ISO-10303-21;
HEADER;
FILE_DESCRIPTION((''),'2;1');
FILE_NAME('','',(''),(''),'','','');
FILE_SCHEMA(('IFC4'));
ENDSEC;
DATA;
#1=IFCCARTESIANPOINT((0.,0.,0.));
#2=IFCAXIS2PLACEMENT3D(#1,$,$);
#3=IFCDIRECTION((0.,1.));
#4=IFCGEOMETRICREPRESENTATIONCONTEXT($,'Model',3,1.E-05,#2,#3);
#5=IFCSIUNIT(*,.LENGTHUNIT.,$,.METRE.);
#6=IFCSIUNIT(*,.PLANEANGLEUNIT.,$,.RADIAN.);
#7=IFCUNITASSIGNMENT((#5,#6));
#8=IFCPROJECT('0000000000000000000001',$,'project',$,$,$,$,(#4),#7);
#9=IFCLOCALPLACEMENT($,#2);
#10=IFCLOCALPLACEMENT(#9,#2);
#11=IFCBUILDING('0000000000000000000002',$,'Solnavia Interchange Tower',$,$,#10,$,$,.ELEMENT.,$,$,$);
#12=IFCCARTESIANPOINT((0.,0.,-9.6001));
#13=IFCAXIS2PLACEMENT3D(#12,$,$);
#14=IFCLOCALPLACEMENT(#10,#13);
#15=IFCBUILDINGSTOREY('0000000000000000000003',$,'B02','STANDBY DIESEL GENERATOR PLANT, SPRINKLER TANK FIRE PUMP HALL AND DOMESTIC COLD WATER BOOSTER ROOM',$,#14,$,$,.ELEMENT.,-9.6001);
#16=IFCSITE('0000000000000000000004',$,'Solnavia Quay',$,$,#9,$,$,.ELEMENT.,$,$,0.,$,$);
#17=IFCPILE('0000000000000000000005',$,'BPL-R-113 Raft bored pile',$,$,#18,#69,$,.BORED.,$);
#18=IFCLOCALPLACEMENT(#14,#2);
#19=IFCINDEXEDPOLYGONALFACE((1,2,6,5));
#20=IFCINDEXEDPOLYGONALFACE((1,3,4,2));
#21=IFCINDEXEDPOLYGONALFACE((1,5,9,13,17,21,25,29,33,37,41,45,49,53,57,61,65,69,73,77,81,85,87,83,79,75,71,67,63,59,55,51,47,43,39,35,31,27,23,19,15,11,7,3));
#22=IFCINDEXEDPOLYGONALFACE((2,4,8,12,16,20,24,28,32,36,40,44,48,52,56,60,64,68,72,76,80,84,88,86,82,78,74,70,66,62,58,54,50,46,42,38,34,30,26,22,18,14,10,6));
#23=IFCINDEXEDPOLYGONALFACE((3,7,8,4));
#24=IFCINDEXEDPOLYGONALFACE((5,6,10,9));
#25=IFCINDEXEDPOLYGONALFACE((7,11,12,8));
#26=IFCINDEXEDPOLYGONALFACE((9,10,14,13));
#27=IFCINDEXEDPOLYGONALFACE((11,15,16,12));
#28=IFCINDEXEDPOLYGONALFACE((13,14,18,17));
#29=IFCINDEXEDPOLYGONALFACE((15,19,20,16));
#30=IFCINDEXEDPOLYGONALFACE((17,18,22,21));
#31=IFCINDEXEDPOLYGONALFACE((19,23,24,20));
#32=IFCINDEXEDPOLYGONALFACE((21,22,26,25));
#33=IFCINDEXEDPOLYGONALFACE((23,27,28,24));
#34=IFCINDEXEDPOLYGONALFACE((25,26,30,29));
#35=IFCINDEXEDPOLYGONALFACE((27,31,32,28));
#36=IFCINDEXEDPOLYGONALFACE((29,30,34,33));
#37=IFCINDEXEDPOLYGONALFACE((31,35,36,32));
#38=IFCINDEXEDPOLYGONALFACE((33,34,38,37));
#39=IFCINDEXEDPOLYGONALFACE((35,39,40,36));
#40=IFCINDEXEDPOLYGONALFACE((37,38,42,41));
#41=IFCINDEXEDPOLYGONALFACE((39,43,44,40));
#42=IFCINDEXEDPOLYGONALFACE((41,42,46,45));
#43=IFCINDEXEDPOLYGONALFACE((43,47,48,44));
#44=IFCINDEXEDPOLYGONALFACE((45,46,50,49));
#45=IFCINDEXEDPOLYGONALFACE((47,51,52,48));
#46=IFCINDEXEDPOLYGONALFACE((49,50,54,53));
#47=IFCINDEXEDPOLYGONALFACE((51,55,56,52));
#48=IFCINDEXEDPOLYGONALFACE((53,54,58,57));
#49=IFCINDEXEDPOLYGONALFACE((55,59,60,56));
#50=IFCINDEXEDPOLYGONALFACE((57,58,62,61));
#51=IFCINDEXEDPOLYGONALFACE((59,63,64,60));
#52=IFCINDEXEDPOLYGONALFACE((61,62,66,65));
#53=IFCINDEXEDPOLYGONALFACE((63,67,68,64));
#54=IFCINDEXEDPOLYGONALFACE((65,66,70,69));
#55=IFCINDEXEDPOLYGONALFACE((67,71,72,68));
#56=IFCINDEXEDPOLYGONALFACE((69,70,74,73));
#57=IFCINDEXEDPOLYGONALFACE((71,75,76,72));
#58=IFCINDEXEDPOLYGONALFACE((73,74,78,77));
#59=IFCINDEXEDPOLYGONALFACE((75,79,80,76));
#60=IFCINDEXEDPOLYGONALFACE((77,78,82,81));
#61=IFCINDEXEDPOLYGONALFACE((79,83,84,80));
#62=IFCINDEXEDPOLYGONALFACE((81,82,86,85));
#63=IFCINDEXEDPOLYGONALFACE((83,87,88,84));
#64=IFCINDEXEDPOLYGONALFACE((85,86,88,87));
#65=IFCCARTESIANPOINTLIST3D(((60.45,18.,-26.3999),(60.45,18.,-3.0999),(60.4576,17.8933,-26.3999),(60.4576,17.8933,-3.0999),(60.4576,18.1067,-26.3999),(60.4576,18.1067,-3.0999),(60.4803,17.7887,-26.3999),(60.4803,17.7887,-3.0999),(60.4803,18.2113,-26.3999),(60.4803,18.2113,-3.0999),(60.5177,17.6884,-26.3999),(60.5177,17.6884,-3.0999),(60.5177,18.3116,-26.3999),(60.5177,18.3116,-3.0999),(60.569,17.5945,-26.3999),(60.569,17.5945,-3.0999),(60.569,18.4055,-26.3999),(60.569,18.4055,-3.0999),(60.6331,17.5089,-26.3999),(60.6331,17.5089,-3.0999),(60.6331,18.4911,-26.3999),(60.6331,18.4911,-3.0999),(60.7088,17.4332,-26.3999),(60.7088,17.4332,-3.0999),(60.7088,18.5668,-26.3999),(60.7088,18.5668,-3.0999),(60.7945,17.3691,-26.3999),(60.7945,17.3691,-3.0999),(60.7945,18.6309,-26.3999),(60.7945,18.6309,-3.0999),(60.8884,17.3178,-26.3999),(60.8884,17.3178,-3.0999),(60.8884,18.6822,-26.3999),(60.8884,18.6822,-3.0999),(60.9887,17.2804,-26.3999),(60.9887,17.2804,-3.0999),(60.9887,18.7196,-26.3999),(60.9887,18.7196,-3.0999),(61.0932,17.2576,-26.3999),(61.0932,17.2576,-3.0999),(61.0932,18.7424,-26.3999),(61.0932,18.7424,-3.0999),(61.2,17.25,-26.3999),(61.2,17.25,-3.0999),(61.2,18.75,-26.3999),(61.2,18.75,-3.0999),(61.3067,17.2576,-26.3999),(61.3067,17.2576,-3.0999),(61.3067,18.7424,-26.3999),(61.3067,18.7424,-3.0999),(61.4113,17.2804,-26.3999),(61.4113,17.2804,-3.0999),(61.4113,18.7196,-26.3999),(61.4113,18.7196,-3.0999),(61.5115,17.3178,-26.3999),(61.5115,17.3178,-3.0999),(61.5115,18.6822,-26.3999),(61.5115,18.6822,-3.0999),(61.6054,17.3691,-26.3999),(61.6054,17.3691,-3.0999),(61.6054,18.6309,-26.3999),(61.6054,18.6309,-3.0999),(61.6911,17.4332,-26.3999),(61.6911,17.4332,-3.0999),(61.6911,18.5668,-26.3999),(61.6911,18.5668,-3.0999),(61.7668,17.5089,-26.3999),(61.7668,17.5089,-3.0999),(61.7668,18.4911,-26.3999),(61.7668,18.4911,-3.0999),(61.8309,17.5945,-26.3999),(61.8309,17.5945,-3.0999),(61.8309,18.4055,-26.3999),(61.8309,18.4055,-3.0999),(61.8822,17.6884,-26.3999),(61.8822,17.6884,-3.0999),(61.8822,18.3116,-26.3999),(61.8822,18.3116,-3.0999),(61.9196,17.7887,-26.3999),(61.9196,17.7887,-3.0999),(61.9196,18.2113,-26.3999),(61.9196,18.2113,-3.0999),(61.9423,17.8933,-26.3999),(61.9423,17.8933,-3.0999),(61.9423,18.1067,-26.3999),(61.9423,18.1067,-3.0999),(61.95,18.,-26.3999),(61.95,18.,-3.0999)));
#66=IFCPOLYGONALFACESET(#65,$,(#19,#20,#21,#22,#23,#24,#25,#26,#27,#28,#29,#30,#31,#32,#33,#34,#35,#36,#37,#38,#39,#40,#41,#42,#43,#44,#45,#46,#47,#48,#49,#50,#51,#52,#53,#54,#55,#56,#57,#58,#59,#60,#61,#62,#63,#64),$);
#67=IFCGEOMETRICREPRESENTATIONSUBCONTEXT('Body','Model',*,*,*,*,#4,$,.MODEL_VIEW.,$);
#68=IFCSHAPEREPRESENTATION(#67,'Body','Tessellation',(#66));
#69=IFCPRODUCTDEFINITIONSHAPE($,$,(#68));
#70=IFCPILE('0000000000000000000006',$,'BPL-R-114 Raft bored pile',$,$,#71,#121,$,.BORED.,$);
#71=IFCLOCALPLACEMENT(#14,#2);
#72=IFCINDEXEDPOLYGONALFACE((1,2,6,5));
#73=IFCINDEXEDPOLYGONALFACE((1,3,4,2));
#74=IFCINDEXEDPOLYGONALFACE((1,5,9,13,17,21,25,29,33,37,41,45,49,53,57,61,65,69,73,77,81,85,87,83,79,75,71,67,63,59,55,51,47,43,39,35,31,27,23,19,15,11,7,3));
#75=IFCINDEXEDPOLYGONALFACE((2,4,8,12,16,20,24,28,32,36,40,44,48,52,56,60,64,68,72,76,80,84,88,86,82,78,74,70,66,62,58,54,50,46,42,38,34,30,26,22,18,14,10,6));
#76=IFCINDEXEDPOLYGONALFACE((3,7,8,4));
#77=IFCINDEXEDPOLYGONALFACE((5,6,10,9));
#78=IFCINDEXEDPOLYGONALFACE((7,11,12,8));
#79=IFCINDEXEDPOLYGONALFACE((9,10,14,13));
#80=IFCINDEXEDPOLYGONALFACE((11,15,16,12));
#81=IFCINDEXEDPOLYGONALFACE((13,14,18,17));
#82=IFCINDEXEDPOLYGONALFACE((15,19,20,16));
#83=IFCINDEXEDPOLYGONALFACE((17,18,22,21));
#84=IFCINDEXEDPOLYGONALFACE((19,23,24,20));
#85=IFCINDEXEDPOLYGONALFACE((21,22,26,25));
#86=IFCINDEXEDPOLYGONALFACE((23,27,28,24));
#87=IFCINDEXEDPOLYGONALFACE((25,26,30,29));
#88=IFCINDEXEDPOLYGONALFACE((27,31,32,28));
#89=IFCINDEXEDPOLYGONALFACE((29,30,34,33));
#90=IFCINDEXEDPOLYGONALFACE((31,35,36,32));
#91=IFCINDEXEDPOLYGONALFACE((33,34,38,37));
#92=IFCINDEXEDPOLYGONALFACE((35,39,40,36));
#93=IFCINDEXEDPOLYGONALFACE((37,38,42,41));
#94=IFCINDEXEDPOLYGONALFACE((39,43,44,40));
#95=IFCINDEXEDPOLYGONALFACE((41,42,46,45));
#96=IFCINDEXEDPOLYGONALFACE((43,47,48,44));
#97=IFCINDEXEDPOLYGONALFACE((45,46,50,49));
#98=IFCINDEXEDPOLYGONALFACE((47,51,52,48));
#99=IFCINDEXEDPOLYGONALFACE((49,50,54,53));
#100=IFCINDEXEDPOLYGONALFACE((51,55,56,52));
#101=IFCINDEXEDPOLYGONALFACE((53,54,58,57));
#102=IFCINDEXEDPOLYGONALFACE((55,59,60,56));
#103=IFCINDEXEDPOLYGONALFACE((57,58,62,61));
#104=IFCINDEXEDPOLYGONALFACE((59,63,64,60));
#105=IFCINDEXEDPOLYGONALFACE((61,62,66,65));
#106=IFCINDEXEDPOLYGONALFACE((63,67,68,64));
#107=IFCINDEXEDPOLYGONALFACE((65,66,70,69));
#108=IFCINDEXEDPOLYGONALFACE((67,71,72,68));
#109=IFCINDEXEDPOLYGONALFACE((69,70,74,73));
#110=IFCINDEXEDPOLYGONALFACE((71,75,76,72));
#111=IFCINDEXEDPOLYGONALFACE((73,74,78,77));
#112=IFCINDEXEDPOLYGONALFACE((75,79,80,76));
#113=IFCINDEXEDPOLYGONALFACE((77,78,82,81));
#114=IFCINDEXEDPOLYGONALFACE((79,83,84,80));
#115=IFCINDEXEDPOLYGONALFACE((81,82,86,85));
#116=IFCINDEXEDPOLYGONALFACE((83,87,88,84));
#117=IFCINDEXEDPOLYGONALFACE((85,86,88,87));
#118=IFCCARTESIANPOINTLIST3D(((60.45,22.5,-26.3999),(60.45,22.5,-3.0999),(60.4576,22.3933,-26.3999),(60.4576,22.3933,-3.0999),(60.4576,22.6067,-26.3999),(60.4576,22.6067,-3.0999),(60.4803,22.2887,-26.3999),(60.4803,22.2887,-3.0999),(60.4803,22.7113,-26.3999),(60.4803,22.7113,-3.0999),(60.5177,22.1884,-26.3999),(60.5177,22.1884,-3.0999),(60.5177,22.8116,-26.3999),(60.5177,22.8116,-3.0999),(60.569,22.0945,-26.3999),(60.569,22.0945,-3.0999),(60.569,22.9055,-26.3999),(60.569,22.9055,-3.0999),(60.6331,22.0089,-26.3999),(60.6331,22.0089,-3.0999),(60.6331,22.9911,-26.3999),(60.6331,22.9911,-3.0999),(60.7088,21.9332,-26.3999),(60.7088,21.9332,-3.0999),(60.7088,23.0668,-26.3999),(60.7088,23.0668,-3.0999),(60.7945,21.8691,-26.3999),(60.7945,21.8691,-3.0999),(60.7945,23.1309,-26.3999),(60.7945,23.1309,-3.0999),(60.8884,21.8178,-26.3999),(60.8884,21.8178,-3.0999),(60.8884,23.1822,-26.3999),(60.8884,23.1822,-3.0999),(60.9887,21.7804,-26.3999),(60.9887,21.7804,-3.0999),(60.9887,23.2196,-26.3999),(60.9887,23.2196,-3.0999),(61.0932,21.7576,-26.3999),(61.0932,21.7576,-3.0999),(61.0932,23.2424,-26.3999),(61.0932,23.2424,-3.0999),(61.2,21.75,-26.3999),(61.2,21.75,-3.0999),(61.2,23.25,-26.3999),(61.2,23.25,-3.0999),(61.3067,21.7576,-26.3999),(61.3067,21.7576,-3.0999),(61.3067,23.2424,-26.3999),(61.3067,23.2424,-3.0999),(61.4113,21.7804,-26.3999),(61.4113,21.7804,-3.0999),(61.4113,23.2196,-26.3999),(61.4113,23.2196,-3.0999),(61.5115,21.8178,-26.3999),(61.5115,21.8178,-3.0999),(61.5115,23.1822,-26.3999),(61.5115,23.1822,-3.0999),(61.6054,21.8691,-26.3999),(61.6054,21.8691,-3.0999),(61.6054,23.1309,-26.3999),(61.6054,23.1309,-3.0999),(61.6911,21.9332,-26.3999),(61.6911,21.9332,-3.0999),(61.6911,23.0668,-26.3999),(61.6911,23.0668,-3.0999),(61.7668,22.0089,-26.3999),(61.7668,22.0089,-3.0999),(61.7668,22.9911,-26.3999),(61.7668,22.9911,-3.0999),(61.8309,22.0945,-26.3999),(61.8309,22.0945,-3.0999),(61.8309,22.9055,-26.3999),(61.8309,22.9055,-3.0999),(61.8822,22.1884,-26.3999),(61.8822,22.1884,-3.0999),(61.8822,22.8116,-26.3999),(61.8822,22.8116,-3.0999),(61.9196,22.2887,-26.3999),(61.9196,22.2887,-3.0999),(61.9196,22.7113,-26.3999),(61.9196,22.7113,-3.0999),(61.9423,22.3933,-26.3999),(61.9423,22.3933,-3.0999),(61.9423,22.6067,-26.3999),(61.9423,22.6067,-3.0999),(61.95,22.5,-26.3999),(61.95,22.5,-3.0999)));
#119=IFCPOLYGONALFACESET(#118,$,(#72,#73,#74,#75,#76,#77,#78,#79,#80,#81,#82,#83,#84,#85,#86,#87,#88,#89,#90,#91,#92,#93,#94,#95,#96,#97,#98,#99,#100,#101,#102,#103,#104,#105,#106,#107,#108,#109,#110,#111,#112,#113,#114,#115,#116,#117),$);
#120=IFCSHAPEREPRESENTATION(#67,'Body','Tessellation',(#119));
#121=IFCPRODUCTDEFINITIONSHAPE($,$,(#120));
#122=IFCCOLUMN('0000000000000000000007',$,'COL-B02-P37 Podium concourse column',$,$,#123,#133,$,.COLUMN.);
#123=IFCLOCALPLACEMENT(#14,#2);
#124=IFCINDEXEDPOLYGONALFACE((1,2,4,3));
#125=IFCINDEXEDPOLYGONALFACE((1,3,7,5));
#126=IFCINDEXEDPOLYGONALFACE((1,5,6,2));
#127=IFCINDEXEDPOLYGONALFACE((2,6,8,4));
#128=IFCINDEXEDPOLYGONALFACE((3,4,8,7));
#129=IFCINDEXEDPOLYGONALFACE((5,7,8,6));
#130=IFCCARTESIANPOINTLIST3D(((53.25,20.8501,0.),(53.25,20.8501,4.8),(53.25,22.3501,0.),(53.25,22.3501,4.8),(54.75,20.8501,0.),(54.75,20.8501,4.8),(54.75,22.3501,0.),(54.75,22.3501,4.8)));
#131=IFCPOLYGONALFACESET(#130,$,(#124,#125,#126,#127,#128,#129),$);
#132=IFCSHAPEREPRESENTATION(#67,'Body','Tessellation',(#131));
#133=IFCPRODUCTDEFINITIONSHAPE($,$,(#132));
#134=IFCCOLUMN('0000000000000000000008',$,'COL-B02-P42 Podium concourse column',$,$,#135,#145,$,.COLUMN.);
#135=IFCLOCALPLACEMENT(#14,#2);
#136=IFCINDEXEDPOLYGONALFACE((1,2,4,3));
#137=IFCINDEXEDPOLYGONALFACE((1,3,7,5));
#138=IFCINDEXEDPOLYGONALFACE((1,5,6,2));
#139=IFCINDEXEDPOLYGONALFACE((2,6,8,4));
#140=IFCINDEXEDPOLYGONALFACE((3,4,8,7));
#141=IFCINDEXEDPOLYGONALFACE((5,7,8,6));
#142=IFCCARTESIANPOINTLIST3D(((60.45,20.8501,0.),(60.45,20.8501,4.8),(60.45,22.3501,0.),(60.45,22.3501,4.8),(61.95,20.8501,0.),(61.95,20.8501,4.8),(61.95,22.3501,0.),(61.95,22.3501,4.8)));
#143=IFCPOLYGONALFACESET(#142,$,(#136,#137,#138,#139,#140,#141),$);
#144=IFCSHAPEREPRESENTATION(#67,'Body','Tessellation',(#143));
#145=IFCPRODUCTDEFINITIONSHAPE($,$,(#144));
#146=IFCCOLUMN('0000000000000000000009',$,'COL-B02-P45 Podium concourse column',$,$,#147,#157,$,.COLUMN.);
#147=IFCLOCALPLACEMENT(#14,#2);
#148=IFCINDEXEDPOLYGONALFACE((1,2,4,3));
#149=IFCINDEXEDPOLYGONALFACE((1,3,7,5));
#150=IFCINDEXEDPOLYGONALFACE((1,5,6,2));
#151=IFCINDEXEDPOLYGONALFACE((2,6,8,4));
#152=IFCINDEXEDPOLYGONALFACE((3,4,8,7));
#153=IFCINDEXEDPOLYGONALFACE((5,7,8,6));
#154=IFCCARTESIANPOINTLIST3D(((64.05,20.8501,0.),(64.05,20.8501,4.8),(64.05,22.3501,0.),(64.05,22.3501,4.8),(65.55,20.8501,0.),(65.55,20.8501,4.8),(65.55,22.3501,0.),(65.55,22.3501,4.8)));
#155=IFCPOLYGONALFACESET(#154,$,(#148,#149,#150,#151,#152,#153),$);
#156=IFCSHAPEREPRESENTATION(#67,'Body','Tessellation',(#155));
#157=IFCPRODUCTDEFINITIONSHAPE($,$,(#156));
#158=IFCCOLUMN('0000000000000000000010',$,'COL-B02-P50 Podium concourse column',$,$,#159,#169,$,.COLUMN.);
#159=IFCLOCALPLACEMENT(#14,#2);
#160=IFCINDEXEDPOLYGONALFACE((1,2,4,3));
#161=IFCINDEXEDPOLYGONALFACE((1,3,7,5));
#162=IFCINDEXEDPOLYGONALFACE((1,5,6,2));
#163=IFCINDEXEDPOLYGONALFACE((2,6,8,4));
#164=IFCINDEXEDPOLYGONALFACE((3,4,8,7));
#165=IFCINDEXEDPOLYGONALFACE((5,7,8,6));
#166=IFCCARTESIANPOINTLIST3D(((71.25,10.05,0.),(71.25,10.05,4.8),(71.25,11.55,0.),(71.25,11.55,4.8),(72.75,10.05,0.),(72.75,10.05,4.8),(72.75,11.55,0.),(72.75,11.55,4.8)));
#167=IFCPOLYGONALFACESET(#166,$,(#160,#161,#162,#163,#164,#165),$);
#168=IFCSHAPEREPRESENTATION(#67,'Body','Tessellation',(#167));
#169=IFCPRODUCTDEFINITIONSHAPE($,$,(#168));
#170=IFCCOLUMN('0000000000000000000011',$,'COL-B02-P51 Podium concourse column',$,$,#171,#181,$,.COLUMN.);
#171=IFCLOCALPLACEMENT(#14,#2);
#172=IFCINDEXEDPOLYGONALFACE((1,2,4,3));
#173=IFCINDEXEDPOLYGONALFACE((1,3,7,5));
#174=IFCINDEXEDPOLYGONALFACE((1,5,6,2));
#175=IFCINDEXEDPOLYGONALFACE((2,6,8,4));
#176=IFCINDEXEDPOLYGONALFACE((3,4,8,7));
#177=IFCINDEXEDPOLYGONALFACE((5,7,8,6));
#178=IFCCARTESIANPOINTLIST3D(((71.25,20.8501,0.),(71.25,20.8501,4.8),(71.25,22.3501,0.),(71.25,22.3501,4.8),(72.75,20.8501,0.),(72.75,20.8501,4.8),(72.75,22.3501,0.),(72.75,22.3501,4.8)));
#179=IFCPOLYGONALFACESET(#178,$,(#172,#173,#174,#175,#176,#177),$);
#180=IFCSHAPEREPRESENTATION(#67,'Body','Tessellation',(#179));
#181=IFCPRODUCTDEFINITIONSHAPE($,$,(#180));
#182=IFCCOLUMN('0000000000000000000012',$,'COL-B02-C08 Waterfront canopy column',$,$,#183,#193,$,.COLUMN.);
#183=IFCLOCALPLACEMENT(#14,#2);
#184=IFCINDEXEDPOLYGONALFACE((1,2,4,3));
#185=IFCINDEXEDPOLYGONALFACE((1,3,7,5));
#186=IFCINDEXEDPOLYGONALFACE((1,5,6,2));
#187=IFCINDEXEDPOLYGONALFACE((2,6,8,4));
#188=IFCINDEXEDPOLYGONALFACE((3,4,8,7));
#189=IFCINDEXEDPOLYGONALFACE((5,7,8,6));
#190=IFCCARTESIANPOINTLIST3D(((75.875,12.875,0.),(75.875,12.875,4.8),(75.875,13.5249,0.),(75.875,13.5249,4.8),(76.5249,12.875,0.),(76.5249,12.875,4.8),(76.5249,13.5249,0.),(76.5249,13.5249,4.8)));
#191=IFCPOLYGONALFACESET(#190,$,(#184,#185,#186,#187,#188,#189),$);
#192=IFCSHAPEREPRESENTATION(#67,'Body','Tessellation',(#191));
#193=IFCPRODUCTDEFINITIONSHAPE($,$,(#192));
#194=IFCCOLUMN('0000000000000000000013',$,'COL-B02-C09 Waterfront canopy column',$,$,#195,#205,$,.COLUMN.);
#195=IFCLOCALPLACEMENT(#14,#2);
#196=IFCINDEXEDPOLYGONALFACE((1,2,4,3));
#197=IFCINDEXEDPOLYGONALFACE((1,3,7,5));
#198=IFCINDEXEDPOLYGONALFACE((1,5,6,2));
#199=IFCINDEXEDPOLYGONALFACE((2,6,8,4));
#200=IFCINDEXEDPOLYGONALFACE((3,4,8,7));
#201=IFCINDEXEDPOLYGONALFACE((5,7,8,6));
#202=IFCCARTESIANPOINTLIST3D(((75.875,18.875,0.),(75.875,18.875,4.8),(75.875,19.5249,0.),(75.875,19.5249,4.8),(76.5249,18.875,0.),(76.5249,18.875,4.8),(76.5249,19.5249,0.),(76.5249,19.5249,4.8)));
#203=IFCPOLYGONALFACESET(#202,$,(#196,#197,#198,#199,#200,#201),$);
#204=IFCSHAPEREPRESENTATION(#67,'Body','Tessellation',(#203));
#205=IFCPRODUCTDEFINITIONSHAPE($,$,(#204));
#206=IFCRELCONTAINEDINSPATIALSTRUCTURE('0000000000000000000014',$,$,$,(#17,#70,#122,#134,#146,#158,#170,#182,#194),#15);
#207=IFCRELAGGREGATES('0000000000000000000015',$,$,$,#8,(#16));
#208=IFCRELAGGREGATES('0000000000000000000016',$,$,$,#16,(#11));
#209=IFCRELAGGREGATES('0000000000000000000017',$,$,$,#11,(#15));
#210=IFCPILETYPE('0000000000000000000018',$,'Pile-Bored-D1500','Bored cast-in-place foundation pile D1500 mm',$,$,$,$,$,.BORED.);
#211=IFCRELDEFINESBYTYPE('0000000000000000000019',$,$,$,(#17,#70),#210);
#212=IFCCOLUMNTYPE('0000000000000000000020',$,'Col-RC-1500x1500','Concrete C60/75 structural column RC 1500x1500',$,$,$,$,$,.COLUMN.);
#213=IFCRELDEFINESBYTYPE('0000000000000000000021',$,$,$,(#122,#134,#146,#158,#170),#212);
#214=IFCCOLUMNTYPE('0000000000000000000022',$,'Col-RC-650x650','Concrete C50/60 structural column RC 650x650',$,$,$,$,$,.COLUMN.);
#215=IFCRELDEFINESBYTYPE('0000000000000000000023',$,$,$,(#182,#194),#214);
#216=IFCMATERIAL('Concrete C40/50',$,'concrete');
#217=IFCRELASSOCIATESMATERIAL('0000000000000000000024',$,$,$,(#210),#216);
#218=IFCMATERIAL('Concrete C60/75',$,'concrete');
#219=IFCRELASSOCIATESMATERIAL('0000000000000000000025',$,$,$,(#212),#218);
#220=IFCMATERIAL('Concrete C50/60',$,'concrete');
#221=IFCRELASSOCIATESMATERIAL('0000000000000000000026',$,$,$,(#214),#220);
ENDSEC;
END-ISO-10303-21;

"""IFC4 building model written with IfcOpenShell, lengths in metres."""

from ifc_helpers import new_model, si_unit, direction, frame, origin, origin_2d, place, context, subcontext, project, spatial, rectangle, circle, extrude, material, material_profile, profile_set, type_object, element, save


model = new_model("IFC4")

# Units and contexts
model_context = context("Model", 3, precision=1e-05, world=origin(), true_north=direction((0.0, 1.0)))
body_context = subcontext(model_context, "Body", "Model", "MODEL_VIEW")
ifc_project = project(units=[si_unit("LENGTHUNIT", "METRE"), si_unit("PLANEANGLEUNIT", "RADIAN")], contexts=[model_context])

# Site, building, storey
site_placement = place(None, origin())
site = spatial("IfcSite", under=ifc_project, at=site_placement, Name="Solnavia Quay", CompositionType="ELEMENT", RefElevation=0.0)
building_placement = place(site_placement, origin())
building = spatial("IfcBuilding", under=site, at=building_placement, Name="Solnavia Interchange Tower", CompositionType="ELEMENT")
storey_placement = place(building_placement, frame((0.0, 0.0, -9.6001)))
storey = spatial("IfcBuildingStorey", under=building, at=storey_placement, Name="B02", Description="STANDBY DIESEL GENERATOR PLANT, SPRINKLER TANK FIRE PUMP HALL AND DOMESTIC COLD WATER BOOSTER ROOM", CompositionType="ELEMENT", Elevation=-9.6001)

# Shared definitions
ifc_material_1 = material(Name="Concrete C40/50", Category="concrete")

# Piles
ifc_material_profile_1 = material_profile(ifc_material_1, circle(Radius=0.75, at=origin_2d()), Name="PILE D1500")
ifc_profile_set_1 = profile_set([ifc_material_profile_1], Name="Concrete C40/50")
pile_type_1 = type_object("IfcPileType", Name="Pile-Bored-D1500", Description="Bored cast-in-place foundation pile D1500 mm", PredefinedType="BORED", material=ifc_profile_set_1)
for number, where, z_axis, x_axis, name in (
    (1, (61.2, 18.0, -3.0999), (0.0, 0.0, -1.0), (1.0, 0.0, 0.0), "BPL-R-113 Raft bored pile"),
    (2, (61.2, 22.5, -3.0999), (0.0, 0.0, -1.0), (1.0, 0.0, 0.0), "BPL-R-114 Raft bored pile"),
):
    element("IfcPile", number, at=place(storey_placement, frame(where, z_axis=z_axis, x_axis=x_axis)), inside=storey, type_object=pile_type_1, Name=name, PredefinedType="BORED", context=body_context, shape_type="SweptSolid", body=[
        extrude(circle(Radius=0.75, at=origin_2d()), origin(), (0.0, 0.0, 1.0), 23.3),
    ])

# Columns
ifc_material_2 = material(Name="Concrete C60/75", Category="concrete")
ifc_material_profile_2 = material_profile(ifc_material_2, rectangle(XDim=1.5, YDim=1.5, at=origin_2d()), Name="RC 1500x1500")
ifc_profile_set_2 = profile_set([ifc_material_profile_2], Name="Concrete C60/75")
column_type_1 = type_object("IfcColumnType", Name="Col-RC-1500x1500", Description="Concrete C60/75 structural column RC 1500x1500", PredefinedType="COLUMN", material=ifc_profile_set_2)
for number, where, z_axis, x_axis, name in (
    (3, (54.0, 21.6001, 0.0), (0.0, 0.0, 1.0), (1.0, 0.0, 0.0), "COL-B02-P37 Podium concourse column"),
    (4, (61.2, 21.6001, 0.0), (0.0, 0.0, 1.0), (1.0, 0.0, 0.0), "COL-B02-P42 Podium concourse column"),
    (5, (64.8, 21.6001, 0.0), (0.0, 0.0, 1.0), (1.0, 0.0, 0.0), "COL-B02-P45 Podium concourse column"),
    (6, (72.0, 10.8, 0.0), (0.0, 0.0, 1.0), (1.0, 0.0, 0.0), "COL-B02-P50 Podium concourse column"),
    (7, (72.0, 21.6001, 0.0), (0.0, 0.0, 1.0), (1.0, 0.0, 0.0), "COL-B02-P51 Podium concourse column"),
):
    element("IfcColumn", number, at=place(storey_placement, frame(where, z_axis=z_axis, x_axis=x_axis)), inside=storey, type_object=column_type_1, Name=name, PredefinedType="COLUMN", context=body_context, shape_type="SweptSolid", body=[
        extrude(rectangle(XDim=1.5, YDim=1.5, at=origin_2d()), origin(), (0.0, 0.0, 1.0), 4.8),
    ])
ifc_material_3 = material(Name="Concrete C50/60", Category="concrete")
ifc_material_profile_3 = material_profile(ifc_material_3, rectangle(XDim=0.6499, YDim=0.6499, at=origin_2d()), Name="RC 650x650")
ifc_profile_set_3 = profile_set([ifc_material_profile_3], Name="Concrete C50/60")
column_type_2 = type_object("IfcColumnType", Name="Col-RC-650x650", Description="Concrete C50/60 structural column RC 650x650", PredefinedType="COLUMN", material=ifc_profile_set_3)
for number, where, z_axis, x_axis, name in (
    (8, (76.2, 13.2, 0.0), (0.0, 0.0, 1.0), (1.0, 0.0, 0.0), "COL-B02-C08 Waterfront canopy column"),
    (9, (76.2, 19.2, 0.0), (0.0, 0.0, 1.0), (1.0, 0.0, 0.0), "COL-B02-C09 Waterfront canopy column"),
):
    element("IfcColumn", number, at=place(storey_placement, frame(where, z_axis=z_axis, x_axis=x_axis)), inside=storey, type_object=column_type_2, Name=name, PredefinedType="COLUMN", context=body_context, shape_type="SweptSolid", body=[
        extrude(rectangle(XDim=0.6499, YDim=0.6499, at=origin_2d()), origin(), (0.0, 0.0, 1.0), 4.8),
    ])

save(model, "model.ifc")
